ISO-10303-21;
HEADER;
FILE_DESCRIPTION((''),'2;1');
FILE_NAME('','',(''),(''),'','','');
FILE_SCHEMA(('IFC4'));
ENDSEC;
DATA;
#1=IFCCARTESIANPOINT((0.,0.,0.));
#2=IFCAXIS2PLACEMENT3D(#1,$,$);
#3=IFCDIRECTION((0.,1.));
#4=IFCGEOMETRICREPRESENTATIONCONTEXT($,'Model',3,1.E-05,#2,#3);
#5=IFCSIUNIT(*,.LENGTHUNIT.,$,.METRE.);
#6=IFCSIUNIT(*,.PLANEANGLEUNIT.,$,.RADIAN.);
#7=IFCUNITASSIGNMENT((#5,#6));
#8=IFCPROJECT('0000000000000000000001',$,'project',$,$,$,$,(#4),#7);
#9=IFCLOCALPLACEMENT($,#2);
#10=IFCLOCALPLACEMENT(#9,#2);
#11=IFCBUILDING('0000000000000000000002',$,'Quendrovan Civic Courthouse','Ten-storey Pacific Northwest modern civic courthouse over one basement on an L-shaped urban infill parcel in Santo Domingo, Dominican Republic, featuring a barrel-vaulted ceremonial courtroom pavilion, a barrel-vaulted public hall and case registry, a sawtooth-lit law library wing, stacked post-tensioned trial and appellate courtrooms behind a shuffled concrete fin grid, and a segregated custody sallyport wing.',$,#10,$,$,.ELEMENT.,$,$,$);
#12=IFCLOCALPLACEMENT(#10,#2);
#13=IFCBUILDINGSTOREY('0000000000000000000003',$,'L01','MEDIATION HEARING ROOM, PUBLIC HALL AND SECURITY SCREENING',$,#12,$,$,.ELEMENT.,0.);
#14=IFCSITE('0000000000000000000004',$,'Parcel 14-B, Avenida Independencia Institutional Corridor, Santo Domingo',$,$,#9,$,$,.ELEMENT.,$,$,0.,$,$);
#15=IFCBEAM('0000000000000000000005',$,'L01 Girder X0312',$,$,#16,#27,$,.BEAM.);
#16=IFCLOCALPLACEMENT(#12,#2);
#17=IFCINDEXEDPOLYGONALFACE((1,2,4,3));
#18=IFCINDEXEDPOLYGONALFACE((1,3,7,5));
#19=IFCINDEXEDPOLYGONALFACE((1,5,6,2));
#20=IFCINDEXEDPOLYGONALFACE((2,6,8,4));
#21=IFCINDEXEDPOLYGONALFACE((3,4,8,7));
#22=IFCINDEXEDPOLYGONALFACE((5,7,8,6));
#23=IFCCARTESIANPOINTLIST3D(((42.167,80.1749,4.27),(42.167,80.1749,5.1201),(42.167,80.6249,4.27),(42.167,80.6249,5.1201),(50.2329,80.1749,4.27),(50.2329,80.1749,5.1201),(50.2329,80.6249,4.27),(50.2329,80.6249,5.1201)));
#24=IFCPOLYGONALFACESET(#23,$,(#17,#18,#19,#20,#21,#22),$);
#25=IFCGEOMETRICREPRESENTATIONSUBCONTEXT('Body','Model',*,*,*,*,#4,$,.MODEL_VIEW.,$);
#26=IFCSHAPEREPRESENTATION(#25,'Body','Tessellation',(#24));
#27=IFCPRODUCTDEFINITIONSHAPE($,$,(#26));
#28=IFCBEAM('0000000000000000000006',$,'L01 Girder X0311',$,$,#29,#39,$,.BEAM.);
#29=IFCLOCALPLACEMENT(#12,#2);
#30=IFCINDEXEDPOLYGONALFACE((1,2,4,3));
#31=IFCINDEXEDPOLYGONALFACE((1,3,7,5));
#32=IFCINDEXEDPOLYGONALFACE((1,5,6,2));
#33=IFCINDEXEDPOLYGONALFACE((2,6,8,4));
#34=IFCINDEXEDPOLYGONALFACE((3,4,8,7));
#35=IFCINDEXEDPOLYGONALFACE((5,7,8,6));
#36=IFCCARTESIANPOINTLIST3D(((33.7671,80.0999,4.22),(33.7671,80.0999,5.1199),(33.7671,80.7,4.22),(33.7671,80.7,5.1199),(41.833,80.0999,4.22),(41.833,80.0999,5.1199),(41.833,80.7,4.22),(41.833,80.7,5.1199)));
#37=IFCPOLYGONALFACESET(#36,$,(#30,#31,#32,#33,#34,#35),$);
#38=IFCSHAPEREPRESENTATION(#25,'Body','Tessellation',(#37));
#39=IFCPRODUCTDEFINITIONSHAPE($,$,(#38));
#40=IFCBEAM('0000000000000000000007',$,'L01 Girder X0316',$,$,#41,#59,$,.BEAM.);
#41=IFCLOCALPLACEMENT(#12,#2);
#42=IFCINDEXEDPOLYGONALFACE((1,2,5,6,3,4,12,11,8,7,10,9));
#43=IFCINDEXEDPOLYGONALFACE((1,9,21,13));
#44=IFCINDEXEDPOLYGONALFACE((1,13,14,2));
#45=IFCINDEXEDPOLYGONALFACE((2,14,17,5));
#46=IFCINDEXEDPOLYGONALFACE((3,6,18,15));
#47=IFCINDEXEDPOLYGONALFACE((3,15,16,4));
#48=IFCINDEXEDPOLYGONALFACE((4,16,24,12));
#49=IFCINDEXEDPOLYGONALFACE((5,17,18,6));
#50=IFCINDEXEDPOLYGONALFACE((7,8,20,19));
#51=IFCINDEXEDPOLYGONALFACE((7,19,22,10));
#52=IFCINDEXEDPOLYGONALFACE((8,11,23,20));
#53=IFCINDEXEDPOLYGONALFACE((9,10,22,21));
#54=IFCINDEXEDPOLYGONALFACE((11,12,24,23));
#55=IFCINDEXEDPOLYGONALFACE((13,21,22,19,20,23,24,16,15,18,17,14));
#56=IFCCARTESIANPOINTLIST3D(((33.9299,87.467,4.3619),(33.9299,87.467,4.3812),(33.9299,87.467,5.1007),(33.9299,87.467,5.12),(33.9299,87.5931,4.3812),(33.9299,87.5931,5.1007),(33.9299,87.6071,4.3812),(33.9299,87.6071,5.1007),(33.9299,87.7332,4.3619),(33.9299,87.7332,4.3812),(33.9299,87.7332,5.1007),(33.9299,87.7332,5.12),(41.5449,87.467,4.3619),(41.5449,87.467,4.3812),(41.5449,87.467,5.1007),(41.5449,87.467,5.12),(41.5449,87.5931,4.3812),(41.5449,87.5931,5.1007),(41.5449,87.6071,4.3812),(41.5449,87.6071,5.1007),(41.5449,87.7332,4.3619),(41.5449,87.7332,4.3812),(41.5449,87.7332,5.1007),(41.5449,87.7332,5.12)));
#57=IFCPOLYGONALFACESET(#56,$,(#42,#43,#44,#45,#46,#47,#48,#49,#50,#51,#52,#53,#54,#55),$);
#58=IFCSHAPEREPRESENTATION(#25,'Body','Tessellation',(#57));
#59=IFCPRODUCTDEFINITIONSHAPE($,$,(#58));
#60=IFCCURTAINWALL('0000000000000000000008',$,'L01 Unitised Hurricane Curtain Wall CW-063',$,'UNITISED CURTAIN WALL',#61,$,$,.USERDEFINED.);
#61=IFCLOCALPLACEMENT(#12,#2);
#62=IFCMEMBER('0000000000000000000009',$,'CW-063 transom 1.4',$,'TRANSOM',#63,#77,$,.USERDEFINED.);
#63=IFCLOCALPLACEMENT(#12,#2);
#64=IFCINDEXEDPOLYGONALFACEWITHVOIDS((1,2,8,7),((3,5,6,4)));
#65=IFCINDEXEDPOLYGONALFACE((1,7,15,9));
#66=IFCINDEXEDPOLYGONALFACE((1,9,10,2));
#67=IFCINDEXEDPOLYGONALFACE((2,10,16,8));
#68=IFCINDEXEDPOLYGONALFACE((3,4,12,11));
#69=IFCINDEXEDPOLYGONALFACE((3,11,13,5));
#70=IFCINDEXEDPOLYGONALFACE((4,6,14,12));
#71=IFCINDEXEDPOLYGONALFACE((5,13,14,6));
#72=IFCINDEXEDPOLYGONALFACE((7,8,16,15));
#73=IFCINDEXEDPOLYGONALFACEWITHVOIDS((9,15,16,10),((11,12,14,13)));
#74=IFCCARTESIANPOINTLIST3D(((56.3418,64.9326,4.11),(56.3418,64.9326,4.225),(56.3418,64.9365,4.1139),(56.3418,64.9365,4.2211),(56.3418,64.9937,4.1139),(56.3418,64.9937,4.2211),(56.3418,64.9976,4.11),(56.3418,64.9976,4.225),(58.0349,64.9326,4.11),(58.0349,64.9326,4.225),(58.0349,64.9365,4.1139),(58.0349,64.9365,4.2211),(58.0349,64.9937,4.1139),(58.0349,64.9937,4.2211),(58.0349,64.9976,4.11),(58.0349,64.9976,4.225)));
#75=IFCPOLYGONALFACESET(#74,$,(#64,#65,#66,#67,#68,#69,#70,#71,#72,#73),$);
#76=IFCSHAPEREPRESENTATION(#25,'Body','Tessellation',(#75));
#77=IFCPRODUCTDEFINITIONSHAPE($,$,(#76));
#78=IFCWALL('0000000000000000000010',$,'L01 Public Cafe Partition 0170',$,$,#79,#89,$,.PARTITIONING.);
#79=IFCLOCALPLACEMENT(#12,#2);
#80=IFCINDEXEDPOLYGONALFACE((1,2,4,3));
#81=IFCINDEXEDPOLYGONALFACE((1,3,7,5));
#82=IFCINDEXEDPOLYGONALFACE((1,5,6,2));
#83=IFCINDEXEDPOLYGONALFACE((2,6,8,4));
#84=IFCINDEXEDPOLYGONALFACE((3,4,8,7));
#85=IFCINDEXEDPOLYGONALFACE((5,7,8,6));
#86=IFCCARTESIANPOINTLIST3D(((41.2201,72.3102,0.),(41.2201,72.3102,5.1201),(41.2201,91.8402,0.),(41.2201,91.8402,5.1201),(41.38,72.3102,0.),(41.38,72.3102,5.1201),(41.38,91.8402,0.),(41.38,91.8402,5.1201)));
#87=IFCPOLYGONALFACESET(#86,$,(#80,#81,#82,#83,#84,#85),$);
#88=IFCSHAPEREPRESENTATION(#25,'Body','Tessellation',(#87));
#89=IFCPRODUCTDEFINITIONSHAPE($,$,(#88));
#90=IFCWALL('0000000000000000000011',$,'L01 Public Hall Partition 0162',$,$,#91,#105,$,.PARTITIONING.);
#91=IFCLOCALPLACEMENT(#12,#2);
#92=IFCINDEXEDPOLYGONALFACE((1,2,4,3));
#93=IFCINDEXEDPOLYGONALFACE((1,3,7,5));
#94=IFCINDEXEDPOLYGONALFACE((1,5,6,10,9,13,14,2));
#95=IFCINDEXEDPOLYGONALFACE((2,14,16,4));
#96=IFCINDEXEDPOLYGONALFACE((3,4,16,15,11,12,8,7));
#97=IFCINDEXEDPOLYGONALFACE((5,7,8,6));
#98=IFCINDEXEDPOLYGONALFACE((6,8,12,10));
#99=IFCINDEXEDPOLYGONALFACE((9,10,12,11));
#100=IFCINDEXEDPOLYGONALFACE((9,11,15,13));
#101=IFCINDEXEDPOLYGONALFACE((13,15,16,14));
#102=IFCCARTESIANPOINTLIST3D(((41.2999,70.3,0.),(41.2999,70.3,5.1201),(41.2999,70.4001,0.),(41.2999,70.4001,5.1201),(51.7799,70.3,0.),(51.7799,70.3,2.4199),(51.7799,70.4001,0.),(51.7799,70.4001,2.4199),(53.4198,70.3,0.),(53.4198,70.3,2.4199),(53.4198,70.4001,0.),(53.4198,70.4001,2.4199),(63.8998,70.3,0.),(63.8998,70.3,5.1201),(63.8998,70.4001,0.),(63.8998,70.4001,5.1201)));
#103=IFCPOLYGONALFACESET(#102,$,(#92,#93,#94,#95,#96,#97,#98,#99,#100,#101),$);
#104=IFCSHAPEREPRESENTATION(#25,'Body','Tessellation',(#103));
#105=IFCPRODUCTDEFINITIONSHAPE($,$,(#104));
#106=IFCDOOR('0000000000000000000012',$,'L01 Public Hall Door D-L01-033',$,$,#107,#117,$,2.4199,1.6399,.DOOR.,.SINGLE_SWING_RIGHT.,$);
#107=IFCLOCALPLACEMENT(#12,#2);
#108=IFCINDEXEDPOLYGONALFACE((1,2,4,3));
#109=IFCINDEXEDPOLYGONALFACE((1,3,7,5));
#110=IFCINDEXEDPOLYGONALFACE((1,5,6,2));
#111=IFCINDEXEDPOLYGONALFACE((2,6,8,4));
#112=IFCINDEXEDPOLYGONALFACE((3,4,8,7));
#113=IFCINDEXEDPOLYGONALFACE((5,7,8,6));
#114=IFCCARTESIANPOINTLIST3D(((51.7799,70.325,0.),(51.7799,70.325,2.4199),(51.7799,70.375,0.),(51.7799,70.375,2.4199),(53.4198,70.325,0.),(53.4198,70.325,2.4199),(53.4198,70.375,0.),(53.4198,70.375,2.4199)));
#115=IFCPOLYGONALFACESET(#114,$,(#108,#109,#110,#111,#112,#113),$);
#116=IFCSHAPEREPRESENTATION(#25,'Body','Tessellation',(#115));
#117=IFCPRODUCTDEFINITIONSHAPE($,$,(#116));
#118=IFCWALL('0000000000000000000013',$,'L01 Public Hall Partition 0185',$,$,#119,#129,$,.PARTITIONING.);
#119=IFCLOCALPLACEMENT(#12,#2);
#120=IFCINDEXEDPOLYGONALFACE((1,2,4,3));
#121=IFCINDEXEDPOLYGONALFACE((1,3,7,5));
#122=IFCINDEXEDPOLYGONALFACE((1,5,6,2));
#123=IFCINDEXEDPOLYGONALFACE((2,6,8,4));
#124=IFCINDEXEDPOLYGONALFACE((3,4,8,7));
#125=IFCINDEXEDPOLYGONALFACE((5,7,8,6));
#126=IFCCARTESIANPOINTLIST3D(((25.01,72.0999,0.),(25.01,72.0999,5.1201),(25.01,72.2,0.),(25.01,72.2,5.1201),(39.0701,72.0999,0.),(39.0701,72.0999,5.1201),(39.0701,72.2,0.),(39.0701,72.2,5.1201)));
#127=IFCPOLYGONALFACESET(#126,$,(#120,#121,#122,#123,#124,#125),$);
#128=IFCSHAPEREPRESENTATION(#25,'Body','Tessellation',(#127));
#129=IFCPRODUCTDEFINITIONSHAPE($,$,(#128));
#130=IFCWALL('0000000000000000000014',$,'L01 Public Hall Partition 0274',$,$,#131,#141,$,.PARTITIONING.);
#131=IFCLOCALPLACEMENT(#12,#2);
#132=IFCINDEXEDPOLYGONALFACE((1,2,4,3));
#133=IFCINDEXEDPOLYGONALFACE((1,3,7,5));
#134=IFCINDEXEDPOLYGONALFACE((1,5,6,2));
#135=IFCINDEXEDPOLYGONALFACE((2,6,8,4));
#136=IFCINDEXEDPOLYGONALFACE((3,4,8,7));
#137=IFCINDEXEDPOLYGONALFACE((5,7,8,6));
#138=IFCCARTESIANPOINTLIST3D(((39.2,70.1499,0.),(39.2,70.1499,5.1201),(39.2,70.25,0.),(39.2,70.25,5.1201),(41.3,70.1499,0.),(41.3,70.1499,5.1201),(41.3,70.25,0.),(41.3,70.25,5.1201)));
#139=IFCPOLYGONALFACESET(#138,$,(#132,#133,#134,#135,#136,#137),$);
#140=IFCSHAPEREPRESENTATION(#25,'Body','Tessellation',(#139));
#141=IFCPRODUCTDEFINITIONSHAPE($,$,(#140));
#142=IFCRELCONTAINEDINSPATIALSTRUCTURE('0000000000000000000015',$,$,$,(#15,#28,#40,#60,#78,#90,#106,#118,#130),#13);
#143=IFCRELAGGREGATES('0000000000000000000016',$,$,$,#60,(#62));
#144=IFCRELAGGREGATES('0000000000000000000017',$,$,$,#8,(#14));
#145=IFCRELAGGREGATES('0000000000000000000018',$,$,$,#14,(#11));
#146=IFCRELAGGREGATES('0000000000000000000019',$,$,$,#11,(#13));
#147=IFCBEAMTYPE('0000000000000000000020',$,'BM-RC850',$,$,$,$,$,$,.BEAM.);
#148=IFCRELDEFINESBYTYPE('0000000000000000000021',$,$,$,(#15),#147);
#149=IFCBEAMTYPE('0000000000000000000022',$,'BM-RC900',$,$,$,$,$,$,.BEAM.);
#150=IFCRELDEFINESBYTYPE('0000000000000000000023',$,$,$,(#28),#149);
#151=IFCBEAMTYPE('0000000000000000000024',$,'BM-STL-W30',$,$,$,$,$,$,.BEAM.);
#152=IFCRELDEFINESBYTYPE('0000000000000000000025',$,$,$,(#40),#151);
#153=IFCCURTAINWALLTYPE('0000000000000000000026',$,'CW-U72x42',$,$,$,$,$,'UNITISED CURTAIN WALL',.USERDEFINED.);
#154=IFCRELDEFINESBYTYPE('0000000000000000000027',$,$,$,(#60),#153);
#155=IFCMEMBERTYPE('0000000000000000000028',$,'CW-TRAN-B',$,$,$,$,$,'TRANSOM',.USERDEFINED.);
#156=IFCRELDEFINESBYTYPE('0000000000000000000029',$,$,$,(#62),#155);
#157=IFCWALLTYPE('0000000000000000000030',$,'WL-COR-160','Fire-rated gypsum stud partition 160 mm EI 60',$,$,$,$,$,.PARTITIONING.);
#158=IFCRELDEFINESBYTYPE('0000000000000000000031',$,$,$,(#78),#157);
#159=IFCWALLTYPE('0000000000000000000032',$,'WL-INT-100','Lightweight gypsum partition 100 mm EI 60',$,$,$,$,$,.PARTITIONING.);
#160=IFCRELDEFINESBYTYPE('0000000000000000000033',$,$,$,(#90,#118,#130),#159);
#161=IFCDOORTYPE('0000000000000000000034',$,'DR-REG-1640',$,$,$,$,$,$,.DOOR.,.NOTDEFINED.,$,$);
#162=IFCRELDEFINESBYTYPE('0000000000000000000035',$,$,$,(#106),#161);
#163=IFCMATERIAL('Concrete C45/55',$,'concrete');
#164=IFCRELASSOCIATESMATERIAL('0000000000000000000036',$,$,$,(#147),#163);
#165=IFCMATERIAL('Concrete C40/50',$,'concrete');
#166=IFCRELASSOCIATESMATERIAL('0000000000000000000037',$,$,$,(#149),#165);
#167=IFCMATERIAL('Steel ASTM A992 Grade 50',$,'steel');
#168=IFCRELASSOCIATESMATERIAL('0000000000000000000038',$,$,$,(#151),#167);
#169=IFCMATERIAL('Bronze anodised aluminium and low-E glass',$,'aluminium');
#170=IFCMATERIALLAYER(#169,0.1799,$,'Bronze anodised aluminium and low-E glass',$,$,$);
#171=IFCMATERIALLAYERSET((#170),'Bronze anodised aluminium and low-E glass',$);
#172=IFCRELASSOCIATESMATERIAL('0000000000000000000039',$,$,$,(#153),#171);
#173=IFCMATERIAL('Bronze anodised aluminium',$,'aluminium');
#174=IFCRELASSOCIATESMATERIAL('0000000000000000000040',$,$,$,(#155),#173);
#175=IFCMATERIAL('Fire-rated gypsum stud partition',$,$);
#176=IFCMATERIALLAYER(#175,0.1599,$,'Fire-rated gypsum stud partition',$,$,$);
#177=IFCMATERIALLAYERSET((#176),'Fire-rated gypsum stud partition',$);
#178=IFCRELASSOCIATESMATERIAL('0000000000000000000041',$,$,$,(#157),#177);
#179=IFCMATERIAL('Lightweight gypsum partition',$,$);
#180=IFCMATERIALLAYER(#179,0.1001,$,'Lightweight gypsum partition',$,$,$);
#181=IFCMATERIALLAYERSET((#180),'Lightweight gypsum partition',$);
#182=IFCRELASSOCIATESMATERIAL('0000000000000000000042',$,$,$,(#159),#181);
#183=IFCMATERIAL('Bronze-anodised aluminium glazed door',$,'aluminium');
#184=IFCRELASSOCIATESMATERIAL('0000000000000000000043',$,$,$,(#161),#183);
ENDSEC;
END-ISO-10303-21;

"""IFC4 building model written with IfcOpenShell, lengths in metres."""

from ifc_helpers import new_model, si_unit, direction, frame, frame_2d, origin, origin_2d, place, context, subcontext, project, spatial, rectangle, hollow_rectangle, i_section, extrude, material, layer, layer_set, material_profile, profile_set, type_object, element, fill, aggregate, save


model = new_model("IFC4")

# Units and contexts
model_context = context("Model", 3, precision=1e-05, world=origin(), true_north=direction((0.0, 1.0)))
body_context = subcontext(model_context, "Body", "Model", "MODEL_VIEW")
ifc_project = project(units=[si_unit("LENGTHUNIT", "METRE"), si_unit("PLANEANGLEUNIT", "RADIAN")], contexts=[model_context])

# Site, building, storey
site_placement = place(None, origin())
site = spatial("IfcSite", under=ifc_project, at=site_placement, Name="Parcel 14-B, Avenida Independencia Institutional Corridor, Santo Domingo", CompositionType="ELEMENT", RefElevation=0.0)
building_placement = place(site_placement, origin())
building = spatial("IfcBuilding", under=site, at=building_placement, Name="Quendrovan Civic Courthouse", Description="Ten-storey Pacific Northwest modern civic courthouse over one basement on an L-shaped urban infill parcel in Santo Domingo, Dominican Republic, featuring a barrel-vaulted ceremonial courtroom pavilion, a barrel-vaulted public hall and case registry, a sawtooth-lit law library wing, stacked post-tensioned trial and appellate courtrooms behind a shuffled concrete fin grid, and a segregated custody sallyport wing.", CompositionType="ELEMENT")
storey_placement = place(building_placement, origin())
storey = spatial("IfcBuildingStorey", under=building, at=storey_placement, Name="L01", Description="MEDIATION HEARING ROOM, PUBLIC HALL AND SECURITY SCREENING", CompositionType="ELEMENT", Elevation=0.0)

# Shared definitions
ifc_material_1 = material(Name="Concrete C45/55", Category="concrete")
ifc_material_2 = material(Name="Steel ASTM A992 Grade 50", Category="steel")

# Beams
ifc_material_3 = material(Name="Concrete C40/50", Category="concrete")
ifc_material_profile_1 = material_profile(ifc_material_1, rectangle(XDim=0.45, YDim=0.8501, at=origin_2d()), Name="RC-BM-450x850")
ifc_profile_set_1 = profile_set([ifc_material_profile_1], Name="Concrete C45/55")
beam_type_1 = type_object("IfcBeamType", Name="BM-RC850", PredefinedType="BEAM", material=ifc_profile_set_1)
beam_1_placement = place(storey_placement, frame((42.167, 80.3999, 4.6951), z_axis=(1.0, 0.0, 0.0), x_axis=(0.0, 1.0, 0.0)))
element("IfcBeam", 1, at=beam_1_placement, inside=storey, type_object=beam_type_1, Name="L01 Girder X0312", PredefinedType="BEAM", context=body_context, shape_type="SweptSolid", body=[
    extrude(rectangle(XDim=0.45, YDim=0.8501, at=origin_2d()), origin(), (0.0, 0.0, 1.0), 8.0659),
])
ifc_material_profile_2 = material_profile(ifc_material_3, rectangle(XDim=0.6001, YDim=0.8999, at=origin_2d()), Name="RC-BM-600x900")
ifc_profile_set_2 = profile_set([ifc_material_profile_2], Name="Concrete C40/50")
beam_type_2 = type_object("IfcBeamType", Name="BM-RC900", PredefinedType="BEAM", material=ifc_profile_set_2)
beam_2_placement = place(storey_placement, frame((33.7671, 80.3999, 4.6699), z_axis=(1.0, 0.0, 0.0), x_axis=(0.0, 1.0, 0.0)))
element("IfcBeam", 2, at=beam_2_placement, inside=storey, type_object=beam_type_2, Name="L01 Girder X0311", PredefinedType="BEAM", context=body_context, shape_type="SweptSolid", body=[
    extrude(rectangle(XDim=0.6001, YDim=0.8999, at=origin_2d()), origin(), (0.0, 0.0, 1.0), 8.0659),
])
ifc_material_profile_3 = material_profile(ifc_material_2, i_section(OverallWidth=0.2661, OverallDepth=0.7581, WebThickness=0.0139, FlangeThickness=0.0193, at=origin_2d()), Name="W30X108")
ifc_profile_set_3 = profile_set([ifc_material_profile_3], Name="Steel ASTM A992 Grade 50")
beam_type_3 = type_object("IfcBeamType", Name="BM-STL-W30", PredefinedType="BEAM", material=ifc_profile_set_3)
beam_3_placement = place(storey_placement, frame((33.9299, 87.6001, 4.741), z_axis=(1.0, 0.0, 0.0), x_axis=(0.0, 1.0, 0.0)))
element("IfcBeam", 3, at=beam_3_placement, inside=storey, type_object=beam_type_3, Name="L01 Girder X0316", PredefinedType="BEAM", context=body_context, shape_type="SweptSolid", body=[
    extrude(i_section(OverallWidth=0.2661, OverallDepth=0.7581, WebThickness=0.0139, FlangeThickness=0.0193, at=origin_2d()), origin(), (0.0, 0.0, 1.0), 7.615),
])

# Curtain wall, member
ifc_material_4 = material(Name="Bronze anodised aluminium and low-E glass", Category="aluminium")
ifc_layer_1 = layer(ifc_material_4, 0.1799, Name="Bronze anodised aluminium and low-E glass")
ifc_layer_set_1 = layer_set([ifc_layer_1], Name="Bronze anodised aluminium and low-E glass")
curtain_wall_type = type_object("IfcCurtainWallType", Name="CW-U72x42", ElementType="UNITISED CURTAIN WALL", PredefinedType="USERDEFINED", material=ifc_layer_set_1)
curtain_wall_placement = place(storey_placement, origin())
curtain_wall = element("IfcCurtainWall", 4, at=curtain_wall_placement, inside=storey, type_object=curtain_wall_type, Name="L01 Unitised Hurricane Curtain Wall CW-063", ObjectType="UNITISED CURTAIN WALL", PredefinedType="USERDEFINED")
ifc_material_5 = material(Name="Bronze anodised aluminium", Category="aluminium")
ifc_material_profile_4 = material_profile(ifc_material_5, hollow_rectangle(XDim=0.0649, YDim=0.115, WallThickness=0.0039, at=origin_2d()), Name="CW-TRAN-65x115")
ifc_profile_set_4 = profile_set([ifc_material_profile_4], Name="Bronze anodised aluminium")
member_type = type_object("IfcMemberType", Name="CW-TRAN-B", ElementType="TRANSOM", PredefinedType="USERDEFINED", material=ifc_profile_set_4)
member_placement = place(storey_placement, frame((58.0349, 64.9651, 4.1675), z_axis=(-1.0, 0.0, 0.0), x_axis=(0.0, -1.0, 0.0)))
member = element("IfcMember", 5, at=member_placement, type_object=member_type, Name="CW-063 transom 1.4", ObjectType="TRANSOM", PredefinedType="USERDEFINED", context=body_context, shape_type="SweptSolid", body=[
    extrude(hollow_rectangle(XDim=0.0649, YDim=0.115, WallThickness=0.0039, at=origin_2d()), origin(), (0.0, 0.0, 1.0), 1.6931),
])
aggregate(curtain_wall, [member])

# Wall
ifc_material_6 = material(Name="Fire-rated gypsum stud partition")
ifc_layer_2 = layer(ifc_material_6, 0.1599, Name="Fire-rated gypsum stud partition")
ifc_layer_set_2 = layer_set([ifc_layer_2], Name="Fire-rated gypsum stud partition")
wall_type_1 = type_object("IfcWallType", Name="WL-COR-160", Description="Fire-rated gypsum stud partition 160 mm EI 60", PredefinedType="PARTITIONING", material=ifc_layer_set_2)
wall_1_placement = place(storey_placement, frame((41.3, 72.3101, 0.0), z_axis=(0.0, 0.0, 1.0), x_axis=(0.0, 1.0, 0.0)))
element("IfcWall", 6, at=wall_1_placement, inside=storey, type_object=wall_type_1, Name="L01 Public Cafe Partition 0170", PredefinedType="PARTITIONING", context=body_context, shape_type="SweptSolid", body=[
    extrude(rectangle(XDim=19.53, YDim=0.1599, at=frame_2d((9.7651, 0.0))), origin(), (0.0, 0.0, 1.0), 5.1201),
])

# Wall, opening, door
ifc_material_7 = material(Name="Lightweight gypsum partition")
ifc_layer_3 = layer(ifc_material_7, 0.1001, Name="Lightweight gypsum partition")
ifc_layer_set_3 = layer_set([ifc_layer_3], Name="Lightweight gypsum partition")
wall_type_2 = type_object("IfcWallType", Name="WL-INT-100", Description="Lightweight gypsum partition 100 mm EI 60", PredefinedType="PARTITIONING", material=ifc_layer_set_3)
wall_2_placement = place(storey_placement, frame((41.3, 70.3501, 0.0), z_axis=(0.0, 0.0, 1.0), x_axis=(1.0, 0.0, 0.0)))
wall_2 = element("IfcWall", 7, at=wall_2_placement, inside=storey, type_object=wall_type_2, Name="L01 Public Hall Partition 0162", PredefinedType="PARTITIONING", context=body_context, shape_type="SweptSolid", body=[
    extrude(rectangle(XDim=22.5999, YDim=0.1001, at=frame_2d((11.2998, 0.0))), origin(), (0.0, 0.0, 1.0), 5.1201),
])
opening_placement = place(wall_2_placement, frame((10.48, 0.0, 0.0)))
opening = element("IfcOpeningElement", 8, at=opening_placement, cuts=wall_2, PredefinedType="OPENING", context=body_context, shape_type="SweptSolid", body=[
    extrude(rectangle(XDim=1.6399, YDim=2.4199, at=frame_2d((0.8198, 1.21))), frame((0.0, 0.0601, 0.0), z_axis=(0.0, -1.0, 0.0), x_axis=(1.0, 0.0, 0.0)), (0.0, 0.0, 1.0), 0.1201),
])
ifc_material_8 = material(Name="Bronze-anodised aluminium glazed door", Category="aluminium")
door_type = type_object("IfcDoorType", Name="DR-REG-1640", OperationType="NOTDEFINED", PredefinedType="DOOR", material=ifc_material_8)
door_placement = place(opening_placement, origin())
door = element("IfcDoor", 9, at=door_placement, inside=storey, type_object=door_type, Name="L01 Public Hall Door D-L01-033", OperationType="SINGLE_SWING_RIGHT", OverallHeight=2.4199, OverallWidth=1.6399, PredefinedType="DOOR", context=body_context, shape_type="SweptSolid", body=[
    extrude(rectangle(XDim=1.6399, YDim=2.4199, at=frame_2d((0.8198, 1.21))), frame((0.0, 0.0249, 0.0), z_axis=(0.0, -1.0, 0.0), x_axis=(1.0, 0.0, 0.0)), (0.0, 0.0, 1.0), 0.05),
])
fill(opening, door)

# Walls
wall_3_placement = place(storey_placement, frame((39.0701, 72.1499, 0.0), z_axis=(0.0, 0.0, 1.0), x_axis=(-1.0, 0.0, 0.0)))
element("IfcWall", 10, at=wall_3_placement, inside=storey, type_object=wall_type_2, Name="L01 Public Hall Partition 0185", PredefinedType="PARTITIONING", context=body_context, shape_type="SweptSolid", body=[
    extrude(rectangle(XDim=14.0601, YDim=0.1001, at=frame_2d((7.03, 0.0))), origin(), (0.0, 0.0, 1.0), 5.1201),
])
wall_4_placement = place(storey_placement, frame((39.2, 70.2, 0.0), z_axis=(0.0, 0.0, 1.0), x_axis=(1.0, 0.0, 0.0)))
element("IfcWall", 11, at=wall_4_placement, inside=storey, type_object=wall_type_2, Name="L01 Public Hall Partition 0274", PredefinedType="PARTITIONING", context=body_context, shape_type="SweptSolid", body=[
    extrude(rectangle(XDim=2.1001, YDim=0.1001, at=frame_2d((1.05, 0.0))), origin(), (0.0, 0.0, 1.0), 5.1201),
])

save(model, "model.ifc")
